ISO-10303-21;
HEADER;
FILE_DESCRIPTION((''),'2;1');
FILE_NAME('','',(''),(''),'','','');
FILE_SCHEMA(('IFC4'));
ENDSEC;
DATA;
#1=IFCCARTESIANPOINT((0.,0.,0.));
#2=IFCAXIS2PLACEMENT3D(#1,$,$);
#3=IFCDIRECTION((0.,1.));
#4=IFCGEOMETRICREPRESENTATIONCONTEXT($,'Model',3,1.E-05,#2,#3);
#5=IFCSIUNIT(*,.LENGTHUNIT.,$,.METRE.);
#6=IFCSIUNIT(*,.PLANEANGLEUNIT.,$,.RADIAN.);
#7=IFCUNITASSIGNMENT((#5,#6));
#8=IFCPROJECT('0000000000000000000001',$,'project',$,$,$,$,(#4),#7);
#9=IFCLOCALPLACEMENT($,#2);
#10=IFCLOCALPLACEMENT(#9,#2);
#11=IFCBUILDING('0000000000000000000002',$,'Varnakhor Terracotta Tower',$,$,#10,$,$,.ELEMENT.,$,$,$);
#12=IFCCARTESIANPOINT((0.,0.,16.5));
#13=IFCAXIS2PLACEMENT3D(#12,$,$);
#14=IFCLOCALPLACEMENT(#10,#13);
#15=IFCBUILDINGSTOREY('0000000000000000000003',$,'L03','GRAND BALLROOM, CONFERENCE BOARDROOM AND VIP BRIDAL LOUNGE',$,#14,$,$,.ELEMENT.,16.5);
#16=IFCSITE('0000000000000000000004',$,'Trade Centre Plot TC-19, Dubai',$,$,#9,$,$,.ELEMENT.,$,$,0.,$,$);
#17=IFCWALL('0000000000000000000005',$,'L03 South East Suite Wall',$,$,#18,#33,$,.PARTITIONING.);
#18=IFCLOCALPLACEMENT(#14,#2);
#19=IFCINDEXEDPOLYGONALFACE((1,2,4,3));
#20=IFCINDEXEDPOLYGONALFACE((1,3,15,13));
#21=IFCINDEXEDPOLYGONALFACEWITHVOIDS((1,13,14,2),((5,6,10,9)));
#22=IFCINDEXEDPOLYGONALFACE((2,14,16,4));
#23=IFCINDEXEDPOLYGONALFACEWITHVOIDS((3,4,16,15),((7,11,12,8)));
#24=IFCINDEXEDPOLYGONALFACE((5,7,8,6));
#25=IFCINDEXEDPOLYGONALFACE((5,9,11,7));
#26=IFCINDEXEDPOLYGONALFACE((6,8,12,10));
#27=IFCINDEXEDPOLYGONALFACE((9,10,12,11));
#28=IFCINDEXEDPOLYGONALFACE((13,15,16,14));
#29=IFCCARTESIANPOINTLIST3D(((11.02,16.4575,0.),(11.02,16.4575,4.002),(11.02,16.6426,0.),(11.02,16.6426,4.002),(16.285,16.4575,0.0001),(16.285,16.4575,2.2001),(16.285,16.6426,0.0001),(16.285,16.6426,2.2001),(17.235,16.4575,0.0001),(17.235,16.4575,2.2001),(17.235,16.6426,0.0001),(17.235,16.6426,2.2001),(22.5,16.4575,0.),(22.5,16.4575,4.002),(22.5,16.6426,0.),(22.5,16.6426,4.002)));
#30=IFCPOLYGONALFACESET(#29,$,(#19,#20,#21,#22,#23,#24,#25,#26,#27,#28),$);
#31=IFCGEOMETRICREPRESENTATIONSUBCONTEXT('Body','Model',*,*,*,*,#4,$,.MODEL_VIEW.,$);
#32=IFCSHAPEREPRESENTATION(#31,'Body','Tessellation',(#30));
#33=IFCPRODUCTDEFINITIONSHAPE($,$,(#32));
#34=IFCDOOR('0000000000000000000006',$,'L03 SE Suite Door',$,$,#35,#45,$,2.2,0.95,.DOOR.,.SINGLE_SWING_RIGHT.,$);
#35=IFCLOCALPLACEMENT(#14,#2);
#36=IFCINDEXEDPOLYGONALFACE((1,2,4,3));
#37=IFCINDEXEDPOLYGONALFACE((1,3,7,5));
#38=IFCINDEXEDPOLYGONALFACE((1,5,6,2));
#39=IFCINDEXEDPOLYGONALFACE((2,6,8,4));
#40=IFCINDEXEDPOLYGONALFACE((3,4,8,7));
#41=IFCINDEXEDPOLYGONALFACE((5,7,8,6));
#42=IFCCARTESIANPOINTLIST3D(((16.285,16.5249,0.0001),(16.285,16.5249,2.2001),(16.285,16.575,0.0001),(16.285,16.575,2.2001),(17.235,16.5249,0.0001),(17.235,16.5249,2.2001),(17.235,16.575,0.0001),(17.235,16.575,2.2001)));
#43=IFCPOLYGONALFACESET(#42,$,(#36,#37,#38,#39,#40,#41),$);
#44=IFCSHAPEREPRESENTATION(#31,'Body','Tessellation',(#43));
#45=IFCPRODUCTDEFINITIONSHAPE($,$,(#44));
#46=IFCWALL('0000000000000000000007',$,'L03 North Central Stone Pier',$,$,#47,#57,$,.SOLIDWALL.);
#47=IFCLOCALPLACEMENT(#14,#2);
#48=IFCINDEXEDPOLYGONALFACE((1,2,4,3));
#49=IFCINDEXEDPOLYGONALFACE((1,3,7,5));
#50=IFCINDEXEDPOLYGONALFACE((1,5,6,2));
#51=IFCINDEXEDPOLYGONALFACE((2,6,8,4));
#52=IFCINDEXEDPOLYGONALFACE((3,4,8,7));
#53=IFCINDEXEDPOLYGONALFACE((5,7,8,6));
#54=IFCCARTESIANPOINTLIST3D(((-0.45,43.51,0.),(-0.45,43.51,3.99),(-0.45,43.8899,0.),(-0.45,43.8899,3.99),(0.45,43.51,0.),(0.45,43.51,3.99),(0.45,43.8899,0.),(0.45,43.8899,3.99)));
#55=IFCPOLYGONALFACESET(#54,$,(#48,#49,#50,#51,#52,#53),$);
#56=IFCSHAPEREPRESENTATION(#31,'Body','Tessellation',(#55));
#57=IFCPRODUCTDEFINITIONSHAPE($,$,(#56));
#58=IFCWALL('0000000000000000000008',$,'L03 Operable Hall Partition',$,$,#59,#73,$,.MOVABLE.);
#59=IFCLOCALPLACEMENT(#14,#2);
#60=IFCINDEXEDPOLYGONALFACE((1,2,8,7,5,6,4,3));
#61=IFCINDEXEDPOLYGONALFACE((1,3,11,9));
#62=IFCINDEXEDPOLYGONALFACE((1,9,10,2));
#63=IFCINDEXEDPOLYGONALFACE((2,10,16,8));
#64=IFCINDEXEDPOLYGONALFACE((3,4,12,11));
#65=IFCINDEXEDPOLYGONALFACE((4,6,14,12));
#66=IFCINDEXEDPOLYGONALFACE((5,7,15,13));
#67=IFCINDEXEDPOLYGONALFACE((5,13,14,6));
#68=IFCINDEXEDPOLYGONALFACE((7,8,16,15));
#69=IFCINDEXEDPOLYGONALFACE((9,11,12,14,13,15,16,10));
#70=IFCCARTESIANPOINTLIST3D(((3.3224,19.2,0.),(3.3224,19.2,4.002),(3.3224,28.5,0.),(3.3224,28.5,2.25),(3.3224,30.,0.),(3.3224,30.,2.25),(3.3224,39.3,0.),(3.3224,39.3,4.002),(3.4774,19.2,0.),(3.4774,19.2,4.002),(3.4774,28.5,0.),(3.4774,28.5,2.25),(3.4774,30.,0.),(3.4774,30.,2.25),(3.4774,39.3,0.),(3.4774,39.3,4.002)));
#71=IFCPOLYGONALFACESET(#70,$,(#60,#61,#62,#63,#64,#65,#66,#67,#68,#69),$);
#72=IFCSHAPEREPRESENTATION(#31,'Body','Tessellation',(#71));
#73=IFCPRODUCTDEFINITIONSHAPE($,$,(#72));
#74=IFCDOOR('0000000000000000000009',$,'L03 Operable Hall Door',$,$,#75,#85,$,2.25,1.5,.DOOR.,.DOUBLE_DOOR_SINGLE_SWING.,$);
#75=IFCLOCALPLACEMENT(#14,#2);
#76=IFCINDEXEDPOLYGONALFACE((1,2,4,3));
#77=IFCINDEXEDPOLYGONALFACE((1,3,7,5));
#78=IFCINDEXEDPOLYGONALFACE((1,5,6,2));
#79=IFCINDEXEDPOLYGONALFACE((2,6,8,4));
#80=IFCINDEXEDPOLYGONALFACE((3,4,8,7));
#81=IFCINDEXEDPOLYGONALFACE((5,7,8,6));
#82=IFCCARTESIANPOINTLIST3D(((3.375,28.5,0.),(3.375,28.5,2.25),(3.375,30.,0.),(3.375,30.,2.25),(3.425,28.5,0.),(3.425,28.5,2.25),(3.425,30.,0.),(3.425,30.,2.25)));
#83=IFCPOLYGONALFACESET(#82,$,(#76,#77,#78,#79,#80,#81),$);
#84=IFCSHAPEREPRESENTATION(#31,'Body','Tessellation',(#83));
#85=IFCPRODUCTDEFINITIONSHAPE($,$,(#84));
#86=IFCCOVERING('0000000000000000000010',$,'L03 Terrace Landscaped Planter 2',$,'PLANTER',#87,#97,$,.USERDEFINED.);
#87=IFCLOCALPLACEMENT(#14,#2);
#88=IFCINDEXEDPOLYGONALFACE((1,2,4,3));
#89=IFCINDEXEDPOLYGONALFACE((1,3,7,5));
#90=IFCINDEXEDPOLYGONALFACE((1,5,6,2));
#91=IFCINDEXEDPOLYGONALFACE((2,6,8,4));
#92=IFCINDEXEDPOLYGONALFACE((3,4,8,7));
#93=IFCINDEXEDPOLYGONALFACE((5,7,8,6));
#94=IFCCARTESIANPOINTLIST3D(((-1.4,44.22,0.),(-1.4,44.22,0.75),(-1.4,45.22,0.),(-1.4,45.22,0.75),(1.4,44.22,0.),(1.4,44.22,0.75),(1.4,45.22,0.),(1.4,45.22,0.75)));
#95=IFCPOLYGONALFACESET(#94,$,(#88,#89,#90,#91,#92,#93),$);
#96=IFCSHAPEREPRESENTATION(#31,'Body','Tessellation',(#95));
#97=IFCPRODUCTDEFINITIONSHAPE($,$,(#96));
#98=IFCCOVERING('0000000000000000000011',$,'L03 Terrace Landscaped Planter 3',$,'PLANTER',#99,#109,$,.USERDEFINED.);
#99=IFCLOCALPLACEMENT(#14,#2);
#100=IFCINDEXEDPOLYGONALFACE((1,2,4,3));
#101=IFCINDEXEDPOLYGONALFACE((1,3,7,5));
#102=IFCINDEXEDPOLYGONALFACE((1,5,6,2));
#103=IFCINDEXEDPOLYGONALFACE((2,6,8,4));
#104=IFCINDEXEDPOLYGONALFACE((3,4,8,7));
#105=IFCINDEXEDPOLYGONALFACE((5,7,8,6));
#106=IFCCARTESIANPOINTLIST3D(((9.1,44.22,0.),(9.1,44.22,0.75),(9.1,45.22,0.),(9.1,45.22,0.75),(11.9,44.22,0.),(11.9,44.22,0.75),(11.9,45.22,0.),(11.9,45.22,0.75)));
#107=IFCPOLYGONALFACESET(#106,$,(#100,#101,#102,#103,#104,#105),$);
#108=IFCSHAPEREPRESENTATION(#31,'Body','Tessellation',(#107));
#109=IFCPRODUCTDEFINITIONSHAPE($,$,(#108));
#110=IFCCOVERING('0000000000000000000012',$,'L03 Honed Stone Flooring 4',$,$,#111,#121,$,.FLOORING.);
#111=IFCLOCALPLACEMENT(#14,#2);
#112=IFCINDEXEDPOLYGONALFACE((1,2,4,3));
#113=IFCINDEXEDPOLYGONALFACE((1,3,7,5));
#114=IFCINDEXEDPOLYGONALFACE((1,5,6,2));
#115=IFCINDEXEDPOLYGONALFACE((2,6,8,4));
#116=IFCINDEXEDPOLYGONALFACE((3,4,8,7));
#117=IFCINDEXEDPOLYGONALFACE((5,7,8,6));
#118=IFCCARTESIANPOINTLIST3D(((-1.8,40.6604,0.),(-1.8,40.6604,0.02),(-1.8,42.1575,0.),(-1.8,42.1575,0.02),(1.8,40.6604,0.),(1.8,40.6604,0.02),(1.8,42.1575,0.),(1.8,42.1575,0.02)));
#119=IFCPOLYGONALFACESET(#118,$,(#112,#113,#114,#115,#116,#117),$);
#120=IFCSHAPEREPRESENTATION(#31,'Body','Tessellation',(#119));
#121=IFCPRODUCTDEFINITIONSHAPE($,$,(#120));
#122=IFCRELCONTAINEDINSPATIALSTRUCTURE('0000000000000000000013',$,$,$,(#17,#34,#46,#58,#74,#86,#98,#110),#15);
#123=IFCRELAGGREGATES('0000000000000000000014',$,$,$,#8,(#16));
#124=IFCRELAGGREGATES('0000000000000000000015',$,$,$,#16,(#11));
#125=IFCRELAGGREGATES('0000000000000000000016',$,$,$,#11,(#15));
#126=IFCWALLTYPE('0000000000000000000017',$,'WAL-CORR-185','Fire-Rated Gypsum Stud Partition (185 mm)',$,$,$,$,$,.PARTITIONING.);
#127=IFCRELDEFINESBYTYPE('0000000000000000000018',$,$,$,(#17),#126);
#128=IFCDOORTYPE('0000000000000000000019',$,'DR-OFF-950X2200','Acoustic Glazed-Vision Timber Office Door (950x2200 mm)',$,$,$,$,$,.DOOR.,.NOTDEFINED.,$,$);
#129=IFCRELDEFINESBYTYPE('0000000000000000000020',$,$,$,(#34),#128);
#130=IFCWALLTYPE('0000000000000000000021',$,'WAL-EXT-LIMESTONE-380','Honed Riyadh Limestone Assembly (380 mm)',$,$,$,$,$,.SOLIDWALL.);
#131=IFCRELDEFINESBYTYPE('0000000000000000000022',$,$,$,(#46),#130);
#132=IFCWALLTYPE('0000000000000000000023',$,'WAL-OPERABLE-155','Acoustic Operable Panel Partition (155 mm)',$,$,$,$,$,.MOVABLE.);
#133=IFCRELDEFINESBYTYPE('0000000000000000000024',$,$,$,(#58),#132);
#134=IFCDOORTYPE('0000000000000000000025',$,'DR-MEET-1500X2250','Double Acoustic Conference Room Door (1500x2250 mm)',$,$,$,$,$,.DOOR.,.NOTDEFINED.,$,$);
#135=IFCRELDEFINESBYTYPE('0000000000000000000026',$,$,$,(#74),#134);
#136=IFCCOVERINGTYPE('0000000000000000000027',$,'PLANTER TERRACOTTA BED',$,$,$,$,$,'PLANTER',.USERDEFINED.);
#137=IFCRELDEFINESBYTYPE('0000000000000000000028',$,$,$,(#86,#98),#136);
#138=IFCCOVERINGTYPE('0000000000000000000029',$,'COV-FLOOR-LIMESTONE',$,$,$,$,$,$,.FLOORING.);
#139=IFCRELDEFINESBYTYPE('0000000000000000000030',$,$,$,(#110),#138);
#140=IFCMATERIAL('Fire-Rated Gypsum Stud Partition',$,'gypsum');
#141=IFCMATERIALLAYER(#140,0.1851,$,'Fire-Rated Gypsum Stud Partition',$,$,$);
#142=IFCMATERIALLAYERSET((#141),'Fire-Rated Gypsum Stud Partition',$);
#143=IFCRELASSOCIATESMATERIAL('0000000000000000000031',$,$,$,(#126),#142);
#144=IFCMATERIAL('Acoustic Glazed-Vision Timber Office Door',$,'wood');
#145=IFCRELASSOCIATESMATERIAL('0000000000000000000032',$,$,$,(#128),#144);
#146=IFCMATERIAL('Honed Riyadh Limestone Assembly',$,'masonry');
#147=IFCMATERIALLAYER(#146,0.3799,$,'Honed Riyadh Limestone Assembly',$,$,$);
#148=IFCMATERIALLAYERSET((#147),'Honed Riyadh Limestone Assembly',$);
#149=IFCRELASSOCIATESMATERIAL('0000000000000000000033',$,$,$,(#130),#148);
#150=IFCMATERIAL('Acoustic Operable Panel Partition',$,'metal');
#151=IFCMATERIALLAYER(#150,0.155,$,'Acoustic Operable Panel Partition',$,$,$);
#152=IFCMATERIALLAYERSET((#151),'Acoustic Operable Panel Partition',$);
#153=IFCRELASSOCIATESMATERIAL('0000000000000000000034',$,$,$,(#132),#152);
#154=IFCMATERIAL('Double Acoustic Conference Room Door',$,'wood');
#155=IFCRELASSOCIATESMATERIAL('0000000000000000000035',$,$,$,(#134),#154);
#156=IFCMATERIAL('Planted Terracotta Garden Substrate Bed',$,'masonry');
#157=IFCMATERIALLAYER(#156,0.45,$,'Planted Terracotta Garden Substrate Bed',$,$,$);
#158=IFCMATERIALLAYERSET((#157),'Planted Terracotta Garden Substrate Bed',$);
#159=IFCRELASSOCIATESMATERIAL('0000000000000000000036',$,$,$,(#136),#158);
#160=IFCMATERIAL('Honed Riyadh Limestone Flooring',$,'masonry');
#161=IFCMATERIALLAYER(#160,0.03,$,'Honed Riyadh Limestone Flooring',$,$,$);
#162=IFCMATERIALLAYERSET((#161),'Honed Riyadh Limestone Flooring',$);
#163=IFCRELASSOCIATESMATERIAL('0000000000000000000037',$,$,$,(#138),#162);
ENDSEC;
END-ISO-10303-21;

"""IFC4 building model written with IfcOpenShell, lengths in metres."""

from ifc_helpers import new_model, si_unit, direction, frame, frame_2d, origin, origin_2d, place, context, subcontext, project, spatial, rectangle, extrude, source, transform, mapped, material, layer, layer_set, type_object, type_shapes, element, fill, save


model = new_model("IFC4")

# Units and contexts
model_context = context("Model", 3, precision=1e-05, world=origin(), true_north=direction((0.0, 1.0)))
body_context = subcontext(model_context, "Body", "Model", "MODEL_VIEW")
ifc_project = project(units=[si_unit("LENGTHUNIT", "METRE"), si_unit("PLANEANGLEUNIT", "RADIAN")], contexts=[model_context])

# Site, building, storey
site_placement = place(None, origin())
site = spatial("IfcSite", under=ifc_project, at=site_placement, Name="Trade Centre Plot TC-19, Dubai", CompositionType="ELEMENT", RefElevation=0.0)
building_placement = place(site_placement, origin())
building = spatial("IfcBuilding", under=site, at=building_placement, Name="Varnakhor Terracotta Tower", CompositionType="ELEMENT")
storey_placement = place(building_placement, frame((0.0, 0.0, 16.5)))
storey = spatial("IfcBuildingStorey", under=building, at=storey_placement, Name="L03", Description="GRAND BALLROOM, CONFERENCE BOARDROOM AND VIP BRIDAL LOUNGE", CompositionType="ELEMENT", Elevation=16.5)

# Wall, opening, door
ifc_material_1 = material(Name="Fire-Rated Gypsum Stud Partition", Category="gypsum")
ifc_layer_1 = layer(ifc_material_1, 0.1851, Name="Fire-Rated Gypsum Stud Partition")
ifc_layer_set_1 = layer_set([ifc_layer_1], Name="Fire-Rated Gypsum Stud Partition")
wall_type_1 = type_object("IfcWallType", Name="WAL-CORR-185", Description="Fire-Rated Gypsum Stud Partition (185 mm)", PredefinedType="PARTITIONING", material=ifc_layer_set_1)
wall_1_placement = place(storey_placement, frame((11.02, 16.55, 0.0), z_axis=(0.0, 0.0, 1.0), x_axis=(1.0, 0.0, 0.0)))
wall_1 = element("IfcWall", 1, at=wall_1_placement, inside=storey, type_object=wall_type_1, Name="L03 South East Suite Wall", PredefinedType="PARTITIONING", context=body_context, shape_type="SweptSolid", body=[
    extrude(rectangle(XDim=11.48, YDim=0.1851, at=frame_2d((5.74, 0.0))), origin(), (0.0, 0.0, 1.0), 4.002),
])
opening_1_placement = place(wall_1_placement, frame((5.2649, 0.0, 0.0)))
opening_1 = element("IfcOpeningElement", 2, at=opening_1_placement, cuts=wall_1, PredefinedType="OPENING", context=body_context, shape_type="SweptSolid", body=[
    extrude(rectangle(XDim=0.95, YDim=2.2, at=frame_2d((0.4751, 1.1001))), frame((0.0, 0.1025, 0.0), z_axis=(0.0, -1.0, 0.0), x_axis=(1.0, 0.0, 0.0)), (0.0, 0.0, 1.0), 0.2051),
])
ifc_material_2 = material(Name="Acoustic Glazed-Vision Timber Office Door", Category="wood")
door_type_1 = type_object("IfcDoorType", Name="DR-OFF-950X2200", Description="Acoustic Glazed-Vision Timber Office Door (950x2200 mm)", OperationType="NOTDEFINED", PredefinedType="DOOR", material=ifc_material_2)
shared_shape_1 = source(origin(), body_context, "Body", "SweptSolid", [
    extrude(rectangle(XDim=0.95, YDim=2.2, at=frame_2d((0.4751, 1.1001))), frame((0.0, 0.0249, 0.0), z_axis=(0.0, -1.0, 0.0), x_axis=(1.0, 0.0, 0.0)), (0.0, 0.0, 1.0), 0.05),
])
type_shapes(door_type_1, [shared_shape_1])
door_1_placement = place(opening_1_placement, origin())
door_1 = element("IfcDoor", 3, at=door_1_placement, inside=storey, type_object=door_type_1, Name="L03 SE Suite Door", OperationType="SINGLE_SWING_RIGHT", OverallHeight=2.2, OverallWidth=0.95, PredefinedType="DOOR", context=body_context, shape_type="MappedRepresentation", body=[
    mapped(shared_shape_1, transform((0.0, 0.0, 0.0), scale=1.0)),
])
fill(opening_1, door_1)

# Wall
ifc_material_3 = material(Name="Honed Riyadh Limestone Assembly", Category="masonry")
ifc_layer_2 = layer(ifc_material_3, 0.3799, Name="Honed Riyadh Limestone Assembly")
ifc_layer_set_2 = layer_set([ifc_layer_2], Name="Honed Riyadh Limestone Assembly")
wall_type_2 = type_object("IfcWallType", Name="WAL-EXT-LIMESTONE-380", Description="Honed Riyadh Limestone Assembly (380 mm)", PredefinedType="SOLIDWALL", material=ifc_layer_set_2)
wall_2_placement = place(storey_placement, frame((-0.45, 43.7, 0.0), z_axis=(0.0, 0.0, 1.0), x_axis=(1.0, 0.0, 0.0)))
element("IfcWall", 4, at=wall_2_placement, inside=storey, type_object=wall_type_2, Name="L03 North Central Stone Pier", PredefinedType="SOLIDWALL", context=body_context, shape_type="SweptSolid", body=[
    extrude(rectangle(XDim=0.8999, YDim=0.3799, at=frame_2d((0.45, 0.0))), origin(), (0.0, 0.0, 1.0), 3.99),
])

# Wall, opening, door
ifc_material_4 = material(Name="Acoustic Operable Panel Partition", Category="metal")
ifc_layer_3 = layer(ifc_material_4, 0.155, Name="Acoustic Operable Panel Partition")
ifc_layer_set_3 = layer_set([ifc_layer_3], Name="Acoustic Operable Panel Partition")
wall_type_3 = type_object("IfcWallType", Name="WAL-OPERABLE-155", Description="Acoustic Operable Panel Partition (155 mm)", PredefinedType="MOVABLE", material=ifc_layer_set_3)
wall_3_placement = place(storey_placement, frame((3.3999, 19.2, 0.0), z_axis=(0.0, 0.0, 1.0), x_axis=(0.0, 1.0, 0.0)))
wall_3 = element("IfcWall", 5, at=wall_3_placement, inside=storey, type_object=wall_type_3, Name="L03 Operable Hall Partition", PredefinedType="MOVABLE", context=body_context, shape_type="SweptSolid", body=[
    extrude(rectangle(XDim=20.1001, YDim=0.155, at=frame_2d((10.05, 0.0))), origin(), (0.0, 0.0, 1.0), 4.002),
])
opening_2_placement = place(wall_3_placement, frame((9.3, 0.0, 0.0)))
opening_2 = element("IfcOpeningElement", 6, at=opening_2_placement, cuts=wall_3, PredefinedType="OPENING", context=body_context, shape_type="SweptSolid", body=[
    extrude(rectangle(XDim=1.5, YDim=2.25, at=frame_2d((0.75, 1.125))), frame((0.0, 0.0874, 0.0), z_axis=(0.0, -1.0, 0.0), x_axis=(1.0, 0.0, 0.0)), (0.0, 0.0, 1.0), 0.175),
])
ifc_material_5 = material(Name="Double Acoustic Conference Room Door", Category="wood")
door_type_2 = type_object("IfcDoorType", Name="DR-MEET-1500X2250", Description="Double Acoustic Conference Room Door (1500x2250 mm)", OperationType="NOTDEFINED", PredefinedType="DOOR", material=ifc_material_5)
shared_shape_2 = source(origin(), body_context, "Body", "SweptSolid", [
    extrude(rectangle(XDim=1.5, YDim=2.25, at=frame_2d((0.75, 1.125))), frame((0.0, 0.0249, 0.0), z_axis=(0.0, -1.0, 0.0), x_axis=(1.0, 0.0, 0.0)), (0.0, 0.0, 1.0), 0.05),
])
type_shapes(door_type_2, [shared_shape_2])
door_2_placement = place(opening_2_placement, origin())
door_2 = element("IfcDoor", 7, at=door_2_placement, inside=storey, type_object=door_type_2, Name="L03 Operable Hall Door", OperationType="DOUBLE_DOOR_SINGLE_SWING", OverallHeight=2.25, OverallWidth=1.5, PredefinedType="DOOR", context=body_context, shape_type="MappedRepresentation", body=[
    mapped(shared_shape_2, transform((0.0, 0.0, 0.0), scale=1.0)),
])
fill(opening_2, door_2)

# Coverings
ifc_material_6 = material(Name="Planted Terracotta Garden Substrate Bed", Category="masonry")
ifc_layer_4 = layer(ifc_material_6, 0.45, Name="Planted Terracotta Garden Substrate Bed")
ifc_layer_set_4 = layer_set([ifc_layer_4], Name="Planted Terracotta Garden Substrate Bed")
covering_type_1 = type_object("IfcCoveringType", Name="PLANTER TERRACOTTA BED", ElementType="PLANTER", PredefinedType="USERDEFINED", material=ifc_layer_set_4)
shared_shape_3 = source(origin(), body_context, "Body", "SweptSolid", [
    extrude(rectangle(XDim=2.8, YDim=1.0, at=origin_2d()), origin(), (0.0, 0.0, 1.0), 0.75),
])
type_shapes(covering_type_1, [shared_shape_3])
for number, where, z_axis, x_axis, name in (
    (8, (0.0, 44.72, 0.0), (0.0, 0.0, 1.0), (1.0, 0.0, 0.0), "L03 Terrace Landscaped Planter 2"),
    (9, (10.5, 44.72, 0.0), (0.0, 0.0, 1.0), (1.0, 0.0, 0.0), "L03 Terrace Landscaped Planter 3"),
):
    element("IfcCovering", number, at=place(storey_placement, frame(where, z_axis=z_axis, x_axis=x_axis)), inside=storey, type_object=covering_type_1, Name=name, ObjectType="PLANTER", PredefinedType="USERDEFINED", context=body_context, shape_type="MappedRepresentation", body=[
        mapped(shared_shape_3, transform((0.0, 0.0, 0.0), scale=1.0)),
    ])
ifc_material_7 = material(Name="Honed Riyadh Limestone Flooring", Category="masonry")
ifc_layer_5 = layer(ifc_material_7, 0.03, Name="Honed Riyadh Limestone Flooring")
ifc_layer_set_5 = layer_set([ifc_layer_5], Name="Honed Riyadh Limestone Flooring")
covering_type_2 = type_object("IfcCoveringType", Name="COV-FLOOR-LIMESTONE", PredefinedType="FLOORING", material=ifc_layer_set_5)
shared_shape_4 = source(origin(), body_context, "Body", "SweptSolid", [
    extrude(rectangle(XDim=3.6001, YDim=1.4971, at=origin_2d()), origin(), (0.0, 0.0, 1.0), 0.02),
])
covering_placement = place(storey_placement, frame((0.0, 41.4089, 0.0), z_axis=(0.0, 0.0, 1.0), x_axis=(1.0, 0.0, 0.0)))
element("IfcCovering", 10, at=covering_placement, inside=storey, type_object=covering_type_2, Name="L03 Honed Stone Flooring 4", PredefinedType="FLOORING", context=body_context, shape_type="MappedRepresentation", body=[
    mapped(shared_shape_4, transform((0.0, 0.0, 0.0), scale=1.0)),
])

save(model, "model.ifc")
